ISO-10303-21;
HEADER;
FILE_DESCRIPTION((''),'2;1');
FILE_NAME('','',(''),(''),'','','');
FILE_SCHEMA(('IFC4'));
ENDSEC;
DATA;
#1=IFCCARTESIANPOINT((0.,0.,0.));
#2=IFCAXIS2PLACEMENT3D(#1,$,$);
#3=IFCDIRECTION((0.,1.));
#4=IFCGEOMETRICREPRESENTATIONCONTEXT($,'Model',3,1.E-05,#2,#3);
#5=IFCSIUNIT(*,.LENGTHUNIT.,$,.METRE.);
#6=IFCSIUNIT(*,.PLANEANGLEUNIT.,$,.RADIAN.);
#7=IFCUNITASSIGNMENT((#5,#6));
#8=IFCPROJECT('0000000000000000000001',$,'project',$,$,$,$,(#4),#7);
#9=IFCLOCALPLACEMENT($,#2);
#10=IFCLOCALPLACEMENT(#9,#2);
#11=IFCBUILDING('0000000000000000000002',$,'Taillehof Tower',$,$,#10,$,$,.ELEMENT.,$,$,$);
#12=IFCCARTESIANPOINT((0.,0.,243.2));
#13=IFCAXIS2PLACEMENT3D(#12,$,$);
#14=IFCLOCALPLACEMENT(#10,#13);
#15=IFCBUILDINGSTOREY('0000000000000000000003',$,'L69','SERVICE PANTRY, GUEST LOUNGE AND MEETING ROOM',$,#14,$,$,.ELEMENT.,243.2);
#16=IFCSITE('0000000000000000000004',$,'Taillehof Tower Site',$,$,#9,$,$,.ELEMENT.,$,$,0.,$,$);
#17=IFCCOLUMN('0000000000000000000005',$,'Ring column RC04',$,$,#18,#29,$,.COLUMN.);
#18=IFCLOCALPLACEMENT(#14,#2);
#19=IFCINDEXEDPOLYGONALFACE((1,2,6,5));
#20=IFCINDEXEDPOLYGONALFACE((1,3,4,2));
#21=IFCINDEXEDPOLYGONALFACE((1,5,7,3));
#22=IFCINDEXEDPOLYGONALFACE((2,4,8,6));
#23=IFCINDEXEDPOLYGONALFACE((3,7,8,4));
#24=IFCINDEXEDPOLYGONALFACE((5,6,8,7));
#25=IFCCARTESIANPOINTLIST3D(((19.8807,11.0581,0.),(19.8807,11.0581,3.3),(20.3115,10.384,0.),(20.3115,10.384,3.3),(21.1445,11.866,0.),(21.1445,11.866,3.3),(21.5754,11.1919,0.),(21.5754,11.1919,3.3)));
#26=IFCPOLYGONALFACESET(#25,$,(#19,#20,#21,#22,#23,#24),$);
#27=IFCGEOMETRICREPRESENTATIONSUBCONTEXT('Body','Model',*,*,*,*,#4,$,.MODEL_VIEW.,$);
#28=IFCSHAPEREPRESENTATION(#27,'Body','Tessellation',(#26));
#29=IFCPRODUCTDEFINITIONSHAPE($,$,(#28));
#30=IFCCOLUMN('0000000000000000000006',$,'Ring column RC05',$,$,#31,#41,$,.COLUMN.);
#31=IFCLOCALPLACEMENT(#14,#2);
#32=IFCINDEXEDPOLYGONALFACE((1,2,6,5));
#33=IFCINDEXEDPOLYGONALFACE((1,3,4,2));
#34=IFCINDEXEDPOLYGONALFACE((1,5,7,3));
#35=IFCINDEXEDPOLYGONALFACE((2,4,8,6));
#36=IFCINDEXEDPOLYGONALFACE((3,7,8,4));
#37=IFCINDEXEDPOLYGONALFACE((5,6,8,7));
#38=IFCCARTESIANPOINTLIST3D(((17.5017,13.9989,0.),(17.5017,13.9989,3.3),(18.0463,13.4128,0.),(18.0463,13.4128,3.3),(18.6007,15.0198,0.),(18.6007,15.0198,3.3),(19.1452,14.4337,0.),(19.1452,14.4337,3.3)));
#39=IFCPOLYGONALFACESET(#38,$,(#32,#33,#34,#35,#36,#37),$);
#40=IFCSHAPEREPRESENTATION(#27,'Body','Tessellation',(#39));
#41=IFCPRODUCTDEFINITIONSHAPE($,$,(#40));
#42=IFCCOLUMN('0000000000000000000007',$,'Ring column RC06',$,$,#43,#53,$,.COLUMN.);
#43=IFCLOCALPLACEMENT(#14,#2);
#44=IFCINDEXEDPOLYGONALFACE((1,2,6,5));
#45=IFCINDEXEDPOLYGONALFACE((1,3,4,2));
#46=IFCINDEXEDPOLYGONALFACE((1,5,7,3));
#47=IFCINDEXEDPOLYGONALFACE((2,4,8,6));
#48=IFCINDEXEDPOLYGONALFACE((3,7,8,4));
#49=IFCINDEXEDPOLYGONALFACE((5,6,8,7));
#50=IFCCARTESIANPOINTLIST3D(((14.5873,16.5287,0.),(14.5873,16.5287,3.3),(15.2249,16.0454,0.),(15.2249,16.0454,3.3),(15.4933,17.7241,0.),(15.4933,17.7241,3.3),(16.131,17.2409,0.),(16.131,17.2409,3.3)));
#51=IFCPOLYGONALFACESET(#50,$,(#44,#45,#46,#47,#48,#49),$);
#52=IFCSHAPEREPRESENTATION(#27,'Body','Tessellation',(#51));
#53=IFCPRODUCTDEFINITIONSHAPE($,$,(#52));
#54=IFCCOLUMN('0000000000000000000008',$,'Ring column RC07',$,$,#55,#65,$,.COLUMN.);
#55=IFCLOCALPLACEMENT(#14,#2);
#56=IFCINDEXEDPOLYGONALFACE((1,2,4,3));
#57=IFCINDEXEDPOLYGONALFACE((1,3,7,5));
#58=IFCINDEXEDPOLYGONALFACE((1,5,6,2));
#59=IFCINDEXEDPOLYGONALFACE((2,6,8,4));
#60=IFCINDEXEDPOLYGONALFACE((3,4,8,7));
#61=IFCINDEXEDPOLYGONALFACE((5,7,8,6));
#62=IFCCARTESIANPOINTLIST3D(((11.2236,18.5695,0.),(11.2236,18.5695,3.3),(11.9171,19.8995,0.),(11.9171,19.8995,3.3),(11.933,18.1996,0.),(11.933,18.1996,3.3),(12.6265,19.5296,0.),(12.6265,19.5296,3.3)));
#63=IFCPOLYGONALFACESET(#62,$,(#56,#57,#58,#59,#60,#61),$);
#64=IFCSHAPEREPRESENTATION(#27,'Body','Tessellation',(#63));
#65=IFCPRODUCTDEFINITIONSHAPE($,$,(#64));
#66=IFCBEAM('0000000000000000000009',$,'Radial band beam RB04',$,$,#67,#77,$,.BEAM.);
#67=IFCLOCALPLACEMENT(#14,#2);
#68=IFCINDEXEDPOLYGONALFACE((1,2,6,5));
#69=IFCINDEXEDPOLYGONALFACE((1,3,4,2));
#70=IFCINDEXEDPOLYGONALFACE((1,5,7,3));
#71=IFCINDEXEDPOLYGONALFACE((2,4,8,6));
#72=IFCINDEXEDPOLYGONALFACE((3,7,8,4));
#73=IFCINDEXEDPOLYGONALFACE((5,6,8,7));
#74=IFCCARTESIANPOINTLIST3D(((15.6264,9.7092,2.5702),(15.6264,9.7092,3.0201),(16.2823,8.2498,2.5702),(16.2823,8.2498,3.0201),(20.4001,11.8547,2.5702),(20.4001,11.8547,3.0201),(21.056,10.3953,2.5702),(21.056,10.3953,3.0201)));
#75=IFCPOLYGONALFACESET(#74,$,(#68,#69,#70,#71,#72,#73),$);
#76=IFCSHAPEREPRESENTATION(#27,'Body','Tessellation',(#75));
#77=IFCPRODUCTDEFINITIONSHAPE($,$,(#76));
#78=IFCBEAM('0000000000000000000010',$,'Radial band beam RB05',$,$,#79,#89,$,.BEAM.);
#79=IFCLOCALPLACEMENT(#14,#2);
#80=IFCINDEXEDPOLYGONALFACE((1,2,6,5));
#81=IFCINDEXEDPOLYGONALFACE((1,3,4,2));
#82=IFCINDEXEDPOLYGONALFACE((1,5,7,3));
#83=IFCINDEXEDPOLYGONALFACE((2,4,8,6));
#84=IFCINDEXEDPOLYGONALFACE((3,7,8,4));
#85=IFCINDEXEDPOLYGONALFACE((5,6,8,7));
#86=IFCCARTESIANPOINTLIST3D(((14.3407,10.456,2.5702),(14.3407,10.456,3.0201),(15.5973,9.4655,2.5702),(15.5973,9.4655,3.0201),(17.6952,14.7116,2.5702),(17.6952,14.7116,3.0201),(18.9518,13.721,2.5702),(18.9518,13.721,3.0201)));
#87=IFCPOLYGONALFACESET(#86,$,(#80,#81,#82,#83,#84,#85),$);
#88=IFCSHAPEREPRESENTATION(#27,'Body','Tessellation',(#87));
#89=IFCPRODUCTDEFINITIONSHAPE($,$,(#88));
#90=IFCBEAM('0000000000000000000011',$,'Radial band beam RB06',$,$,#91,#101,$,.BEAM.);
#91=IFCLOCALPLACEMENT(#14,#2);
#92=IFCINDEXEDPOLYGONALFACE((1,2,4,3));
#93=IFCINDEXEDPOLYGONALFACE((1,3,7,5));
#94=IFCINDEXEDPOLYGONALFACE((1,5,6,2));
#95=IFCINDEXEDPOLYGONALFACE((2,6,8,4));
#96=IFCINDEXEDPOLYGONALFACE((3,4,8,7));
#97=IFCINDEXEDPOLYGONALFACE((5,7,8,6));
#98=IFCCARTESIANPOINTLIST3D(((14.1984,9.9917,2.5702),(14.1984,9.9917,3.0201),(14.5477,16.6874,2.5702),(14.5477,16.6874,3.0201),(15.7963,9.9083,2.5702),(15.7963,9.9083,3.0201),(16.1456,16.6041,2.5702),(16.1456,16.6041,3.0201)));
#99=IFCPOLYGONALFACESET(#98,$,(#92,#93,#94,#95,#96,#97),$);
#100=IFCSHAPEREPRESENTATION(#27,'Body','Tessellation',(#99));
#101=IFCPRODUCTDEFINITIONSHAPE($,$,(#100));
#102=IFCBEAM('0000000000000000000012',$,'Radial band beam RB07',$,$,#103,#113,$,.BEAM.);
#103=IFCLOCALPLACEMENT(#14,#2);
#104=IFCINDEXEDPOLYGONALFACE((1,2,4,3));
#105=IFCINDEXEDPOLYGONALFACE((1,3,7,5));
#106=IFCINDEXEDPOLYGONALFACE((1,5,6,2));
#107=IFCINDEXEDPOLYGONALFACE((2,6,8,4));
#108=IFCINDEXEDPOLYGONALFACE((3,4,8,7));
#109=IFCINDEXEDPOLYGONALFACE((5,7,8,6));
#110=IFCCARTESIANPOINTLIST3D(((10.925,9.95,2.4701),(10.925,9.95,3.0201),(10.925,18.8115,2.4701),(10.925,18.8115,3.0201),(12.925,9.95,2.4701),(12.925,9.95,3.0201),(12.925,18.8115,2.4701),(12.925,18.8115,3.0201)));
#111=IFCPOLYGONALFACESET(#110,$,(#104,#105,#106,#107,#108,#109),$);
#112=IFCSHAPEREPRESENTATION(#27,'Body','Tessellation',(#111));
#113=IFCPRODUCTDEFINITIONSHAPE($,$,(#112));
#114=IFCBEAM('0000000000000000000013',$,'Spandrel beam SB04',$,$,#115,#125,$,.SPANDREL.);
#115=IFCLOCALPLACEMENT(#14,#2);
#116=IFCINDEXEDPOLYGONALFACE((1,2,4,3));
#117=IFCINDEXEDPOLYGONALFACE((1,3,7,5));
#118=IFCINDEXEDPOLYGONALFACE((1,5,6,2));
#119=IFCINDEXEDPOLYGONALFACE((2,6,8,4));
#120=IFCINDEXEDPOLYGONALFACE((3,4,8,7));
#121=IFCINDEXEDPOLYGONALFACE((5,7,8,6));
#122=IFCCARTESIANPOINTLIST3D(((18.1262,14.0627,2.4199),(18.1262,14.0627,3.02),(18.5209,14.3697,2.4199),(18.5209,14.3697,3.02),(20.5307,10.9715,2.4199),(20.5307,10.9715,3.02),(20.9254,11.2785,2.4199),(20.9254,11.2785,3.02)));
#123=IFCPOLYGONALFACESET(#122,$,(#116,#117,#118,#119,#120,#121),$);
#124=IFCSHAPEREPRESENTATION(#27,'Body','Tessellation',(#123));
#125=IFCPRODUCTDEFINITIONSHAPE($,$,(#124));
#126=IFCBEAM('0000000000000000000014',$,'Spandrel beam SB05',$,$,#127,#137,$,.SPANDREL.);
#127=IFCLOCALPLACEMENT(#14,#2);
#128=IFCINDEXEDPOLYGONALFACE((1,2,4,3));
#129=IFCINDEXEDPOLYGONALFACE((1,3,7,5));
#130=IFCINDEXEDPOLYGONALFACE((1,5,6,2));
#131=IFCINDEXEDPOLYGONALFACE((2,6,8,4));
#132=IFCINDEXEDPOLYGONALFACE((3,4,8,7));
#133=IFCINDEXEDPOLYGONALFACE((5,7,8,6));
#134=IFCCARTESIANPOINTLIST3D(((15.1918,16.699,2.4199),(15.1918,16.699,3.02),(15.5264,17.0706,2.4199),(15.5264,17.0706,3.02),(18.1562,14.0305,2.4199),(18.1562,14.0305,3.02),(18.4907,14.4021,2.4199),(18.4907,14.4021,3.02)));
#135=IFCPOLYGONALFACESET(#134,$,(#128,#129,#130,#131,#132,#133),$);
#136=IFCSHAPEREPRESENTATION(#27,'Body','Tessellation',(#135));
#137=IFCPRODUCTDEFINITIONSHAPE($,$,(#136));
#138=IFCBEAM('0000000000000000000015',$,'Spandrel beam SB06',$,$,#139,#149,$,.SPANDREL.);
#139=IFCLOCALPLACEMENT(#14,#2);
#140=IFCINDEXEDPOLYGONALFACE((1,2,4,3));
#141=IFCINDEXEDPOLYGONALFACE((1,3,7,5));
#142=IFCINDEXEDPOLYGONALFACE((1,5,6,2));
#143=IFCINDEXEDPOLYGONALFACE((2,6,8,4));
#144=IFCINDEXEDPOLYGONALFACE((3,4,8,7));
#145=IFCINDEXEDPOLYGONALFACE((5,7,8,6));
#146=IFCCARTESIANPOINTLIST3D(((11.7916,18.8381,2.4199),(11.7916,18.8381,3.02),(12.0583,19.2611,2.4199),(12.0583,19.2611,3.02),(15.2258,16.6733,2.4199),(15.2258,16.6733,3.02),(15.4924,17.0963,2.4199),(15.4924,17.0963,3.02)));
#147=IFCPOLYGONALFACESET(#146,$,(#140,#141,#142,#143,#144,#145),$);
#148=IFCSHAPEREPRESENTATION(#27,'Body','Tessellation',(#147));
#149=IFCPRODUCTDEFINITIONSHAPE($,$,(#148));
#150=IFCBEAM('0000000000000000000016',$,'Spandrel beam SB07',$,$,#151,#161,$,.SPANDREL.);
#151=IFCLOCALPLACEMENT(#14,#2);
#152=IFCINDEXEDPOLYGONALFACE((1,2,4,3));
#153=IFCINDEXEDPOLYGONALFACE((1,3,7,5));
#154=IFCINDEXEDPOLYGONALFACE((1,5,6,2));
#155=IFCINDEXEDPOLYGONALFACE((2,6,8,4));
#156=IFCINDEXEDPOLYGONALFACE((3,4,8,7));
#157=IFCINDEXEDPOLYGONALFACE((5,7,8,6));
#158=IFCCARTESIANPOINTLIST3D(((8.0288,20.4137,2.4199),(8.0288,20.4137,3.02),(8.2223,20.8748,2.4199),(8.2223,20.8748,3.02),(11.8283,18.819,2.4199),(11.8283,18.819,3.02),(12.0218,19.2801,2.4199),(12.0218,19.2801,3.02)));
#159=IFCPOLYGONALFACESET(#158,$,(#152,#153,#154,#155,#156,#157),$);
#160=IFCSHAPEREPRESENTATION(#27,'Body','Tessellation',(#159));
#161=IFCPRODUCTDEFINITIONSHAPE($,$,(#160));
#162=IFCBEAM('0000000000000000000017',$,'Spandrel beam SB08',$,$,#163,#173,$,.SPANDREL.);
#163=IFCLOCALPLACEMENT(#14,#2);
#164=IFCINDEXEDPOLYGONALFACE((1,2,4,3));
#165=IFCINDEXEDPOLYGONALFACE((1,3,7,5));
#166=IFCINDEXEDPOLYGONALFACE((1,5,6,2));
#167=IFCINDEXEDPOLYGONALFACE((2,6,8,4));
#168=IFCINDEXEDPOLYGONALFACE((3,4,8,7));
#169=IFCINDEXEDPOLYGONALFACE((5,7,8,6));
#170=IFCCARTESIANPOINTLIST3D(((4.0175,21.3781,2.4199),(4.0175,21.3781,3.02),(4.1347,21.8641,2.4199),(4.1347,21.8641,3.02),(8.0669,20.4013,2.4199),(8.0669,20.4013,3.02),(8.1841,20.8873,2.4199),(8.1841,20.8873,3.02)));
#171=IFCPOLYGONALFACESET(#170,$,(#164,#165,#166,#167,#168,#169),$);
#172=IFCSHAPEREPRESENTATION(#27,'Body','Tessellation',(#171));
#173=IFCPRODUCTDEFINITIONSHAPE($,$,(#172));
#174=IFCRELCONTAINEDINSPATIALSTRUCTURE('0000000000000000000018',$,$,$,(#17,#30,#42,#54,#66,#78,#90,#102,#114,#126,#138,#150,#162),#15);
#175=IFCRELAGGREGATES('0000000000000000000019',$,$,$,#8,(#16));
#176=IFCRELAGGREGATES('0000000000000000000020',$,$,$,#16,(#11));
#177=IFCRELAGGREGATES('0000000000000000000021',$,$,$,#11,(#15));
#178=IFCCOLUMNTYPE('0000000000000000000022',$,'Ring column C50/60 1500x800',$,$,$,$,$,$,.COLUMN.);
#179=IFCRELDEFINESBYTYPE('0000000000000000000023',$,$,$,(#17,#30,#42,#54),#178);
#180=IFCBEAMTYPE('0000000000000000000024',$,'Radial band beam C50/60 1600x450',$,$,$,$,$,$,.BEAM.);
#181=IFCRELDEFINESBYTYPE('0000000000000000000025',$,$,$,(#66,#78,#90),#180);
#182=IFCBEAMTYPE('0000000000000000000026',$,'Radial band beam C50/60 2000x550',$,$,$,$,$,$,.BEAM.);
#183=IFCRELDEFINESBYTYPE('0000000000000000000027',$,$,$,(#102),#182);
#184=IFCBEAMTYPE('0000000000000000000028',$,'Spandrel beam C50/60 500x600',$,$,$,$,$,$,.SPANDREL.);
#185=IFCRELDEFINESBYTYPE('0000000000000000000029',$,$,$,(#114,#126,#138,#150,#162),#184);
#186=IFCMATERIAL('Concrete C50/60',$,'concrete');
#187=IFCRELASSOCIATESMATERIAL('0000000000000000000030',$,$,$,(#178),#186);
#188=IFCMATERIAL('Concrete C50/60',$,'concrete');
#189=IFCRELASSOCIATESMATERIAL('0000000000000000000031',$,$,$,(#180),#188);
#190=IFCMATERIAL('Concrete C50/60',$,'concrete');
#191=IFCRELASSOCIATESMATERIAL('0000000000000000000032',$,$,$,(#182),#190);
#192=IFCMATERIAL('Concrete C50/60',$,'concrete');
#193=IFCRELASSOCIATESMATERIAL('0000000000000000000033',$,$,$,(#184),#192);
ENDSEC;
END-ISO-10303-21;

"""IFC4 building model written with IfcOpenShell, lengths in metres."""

from ifc_helpers import new_model, si_unit, direction, frame, origin, origin_2d, place, context, subcontext, project, spatial, rectangle, extrude, material, material_profile, profile_set, type_object, element, save


model = new_model("IFC4")

# Units and contexts
model_context = context("Model", 3, precision=1e-05, world=origin(), true_north=direction((0.0, 1.0)))
body_context = subcontext(model_context, "Body", "Model", "MODEL_VIEW")
ifc_project = project(units=[si_unit("LENGTHUNIT", "METRE"), si_unit("PLANEANGLEUNIT", "RADIAN")], contexts=[model_context])

# Site, building, storey
site_placement = place(None, origin())
site = spatial("IfcSite", under=ifc_project, at=site_placement, Name="Taillehof Tower Site", CompositionType="ELEMENT", RefElevation=0.0)
building_placement = place(site_placement, origin())
building = spatial("IfcBuilding", under=site, at=building_placement, Name="Taillehof Tower", CompositionType="ELEMENT")
storey_placement = place(building_placement, frame((0.0, 0.0, 243.2)))
storey = spatial("IfcBuildingStorey", under=building, at=storey_placement, Name="L69", Description="SERVICE PANTRY, GUEST LOUNGE AND MEETING ROOM", CompositionType="ELEMENT", Elevation=243.2)

# Columns
ifc_material_1 = material(Name="Concrete C50/60", Category="concrete")
ifc_material_profile_1 = material_profile(ifc_material_1, rectangle(XDim=1.5, YDim=0.8, at=origin_2d()), Name="RC 1500x800")
ifc_profile_set_1 = profile_set([ifc_material_profile_1], Name="Concrete C50/60")
column_type = type_object("IfcColumnType", Name="Ring column C50/60 1500x800", PredefinedType="COLUMN", material=ifc_profile_set_1)
for number, where, z_axis, x_axis, name in (
    (1, (20.728, 11.125, 0.0), (0.0, 0.0, 1.0), (0.842574, 0.538581, 0.0), "Ring column RC04"),
    (2, (18.3235, 14.2163, 0.0), (0.0, 0.0, 1.0), (0.732636, 0.680621, 0.0), "Ring column RC05"),
    (3, (15.3591, 16.8848, 0.0), (0.0, 0.0, 1.0), (0.60402, 0.796969, 0.0), "Ring column RC06"),
    (4, (11.925, 19.0496, 0.0), (0.0, 0.0, 1.0), (0.462384, 0.88668, 0.0), "Ring column RC07"),
):
    element("IfcColumn", number, at=place(storey_placement, frame(where, z_axis=z_axis, x_axis=x_axis)), inside=storey, type_object=column_type, Name=name, PredefinedType="COLUMN", context=body_context, shape_type="SweptSolid", body=[
        extrude(rectangle(XDim=1.5, YDim=0.8, at=origin_2d()), origin(), (0.0, 0.0, 1.0), 3.3),
    ])

# Beams
ifc_material_2 = material(Name="Concrete C50/60", Category="concrete")
ifc_material_profile_2 = material_profile(ifc_material_2, rectangle(XDim=1.6001, YDim=0.45, at=origin_2d()), Name="RC 1600x450")
ifc_profile_set_2 = profile_set([ifc_material_profile_2], Name="Concrete C50/60")
beam_type_1 = type_object("IfcBeamType", Name="Radial band beam C50/60 1600x450", PredefinedType="BEAM", material=ifc_profile_set_2)
beam_1_placement = place(storey_placement, frame((20.728, 11.125, 2.7952), z_axis=(-0.912111, -0.409944, 0.0), x_axis=(0.409944, -0.912111, 0.0)))
element("IfcBeam", 5, at=beam_1_placement, inside=storey, type_object=beam_type_1, Name="Radial band beam RB04", PredefinedType="BEAM", context=body_context, shape_type="SweptSolid", body=[
    extrude(rectangle(XDim=1.6001, YDim=0.45, at=origin_2d()), origin(), (0.0, 0.0, 1.0), 5.2336),
])
beam_2_placement = place(storey_placement, frame((18.3235, 14.2163, 2.7952), z_axis=(-0.619052, -0.78535, 0.0), x_axis=(0.78535, -0.619052, 0.0)))
element("IfcBeam", 6, at=beam_2_placement, inside=storey, type_object=beam_type_1, Name="Radial band beam RB05", PredefinedType="BEAM", context=body_context, shape_type="SweptSolid", body=[
    extrude(rectangle(XDim=1.6001, YDim=0.45, at=origin_2d()), origin(), (0.0, 0.0, 1.0), 5.4187),
])
beam_3_placement = place(storey_placement, frame((15.3467, 16.6458, 2.7952), z_axis=(-0.052106, -0.998642, 0.0), x_axis=(0.998642, -0.052106, 0.0)))
element("IfcBeam", 7, at=beam_3_placement, inside=storey, type_object=beam_type_1, Name="Radial band beam RB06", PredefinedType="BEAM", context=body_context, shape_type="SweptSolid", body=[
    extrude(rectangle(XDim=1.6001, YDim=0.45, at=origin_2d()), origin(), (0.0, 0.0, 1.0), 6.7048),
])
ifc_material_3 = material(Name="Concrete C50/60", Category="concrete")
ifc_material_profile_3 = material_profile(ifc_material_3, rectangle(XDim=2.0, YDim=0.55, at=origin_2d()), Name="RC 2000x550")
ifc_profile_set_3 = profile_set([ifc_material_profile_3], Name="Concrete C50/60")
beam_type_2 = type_object("IfcBeamType", Name="Radial band beam C50/60 2000x550", PredefinedType="BEAM", material=ifc_profile_set_3)
beam_4_placement = place(storey_placement, frame((11.925, 18.8115, 2.7451), z_axis=(0.0, -1.0, 0.0), x_axis=(1.0, 0.0, 0.0)))
element("IfcBeam", 8, at=beam_4_placement, inside=storey, type_object=beam_type_2, Name="Radial band beam RB07", PredefinedType="BEAM", context=body_context, shape_type="SweptSolid", body=[
    extrude(rectangle(XDim=2.0, YDim=0.55, at=origin_2d()), origin(), (0.0, 0.0, 1.0), 8.8616),
])
ifc_material_4 = material(Name="Concrete C50/60", Category="concrete")
ifc_material_profile_4 = material_profile(ifc_material_4, rectangle(XDim=0.5, YDim=0.6001, at=origin_2d()), Name="RC 500x600")
ifc_profile_set_4 = profile_set([ifc_material_profile_4], Name="Concrete C50/60")
beam_type_3 = type_object("IfcBeamType", Name="Spandrel beam C50/60 500x600", PredefinedType="SPANDREL", material=ifc_profile_set_4)
beam_5_placement = place(storey_placement, frame((20.728, 11.125, 2.72), z_axis=(-0.613971, 0.789329, 0.0), x_axis=(-0.789329, -0.613971, 0.0)))
element("IfcBeam", 9, at=beam_5_placement, inside=storey, type_object=beam_type_3, Name="Spandrel beam SB04", PredefinedType="SPANDREL", context=body_context, shape_type="SweptSolid", body=[
    extrude(rectangle(XDim=0.5, YDim=0.6001, at=origin_2d()), origin(), (0.0, 0.0, 1.0), 3.9163),
])
beam_6_placement = place(storey_placement, frame((18.3235, 14.2163, 2.72), z_axis=(-0.743227, 0.669039, 0.0), x_axis=(-0.669039, -0.743227, 0.0)))
element("IfcBeam", 10, at=beam_6_placement, inside=storey, type_object=beam_type_3, Name="Spandrel beam SB05", PredefinedType="SPANDREL", context=body_context, shape_type="SweptSolid", body=[
    extrude(rectangle(XDim=0.5, YDim=0.6001, at=origin_2d()), origin(), (0.0, 0.0, 1.0), 3.9885),
])
beam_7_placement = place(storey_placement, frame((15.3591, 16.8848, 2.72), z_axis=(-0.845944, 0.533271, 0.0), x_axis=(-0.533271, -0.845944, 0.0)))
element("IfcBeam", 11, at=beam_7_placement, inside=storey, type_object=beam_type_3, Name="Spandrel beam SB06", PredefinedType="SPANDREL", context=body_context, shape_type="SweptSolid", body=[
    extrude(rectangle(XDim=0.5, YDim=0.6001, at=origin_2d()), origin(), (0.0, 0.0, 1.0), 4.0596),
])
beam_8_placement = place(storey_placement, frame((11.925, 19.0496, 2.72), z_axis=(-0.922076, 0.387008, 0.0), x_axis=(-0.387008, -0.922076, 0.0)))
element("IfcBeam", 12, at=beam_8_placement, inside=storey, type_object=beam_type_3, Name="Spandrel beam SB07", PredefinedType="SPANDREL", context=body_context, shape_type="SweptSolid", body=[
    extrude(rectangle(XDim=0.5, YDim=0.6001, at=origin_2d()), origin(), (0.0, 0.0, 1.0), 4.1206),
])
beam_9_placement = place(storey_placement, frame((8.1255, 20.6443, 2.72), z_axis=(-0.972116, 0.234501, 0.0), x_axis=(-0.234501, -0.972116, 0.0)))
element("IfcBeam", 13, at=beam_9_placement, inside=storey, type_object=beam_type_3, Name="Spandrel beam SB08", PredefinedType="SPANDREL", context=body_context, shape_type="SweptSolid", body=[
    extrude(rectangle(XDim=0.5, YDim=0.6001, at=origin_2d()), origin(), (0.0, 0.0, 1.0), 4.1655),
])

save(model, "model.ifc")
